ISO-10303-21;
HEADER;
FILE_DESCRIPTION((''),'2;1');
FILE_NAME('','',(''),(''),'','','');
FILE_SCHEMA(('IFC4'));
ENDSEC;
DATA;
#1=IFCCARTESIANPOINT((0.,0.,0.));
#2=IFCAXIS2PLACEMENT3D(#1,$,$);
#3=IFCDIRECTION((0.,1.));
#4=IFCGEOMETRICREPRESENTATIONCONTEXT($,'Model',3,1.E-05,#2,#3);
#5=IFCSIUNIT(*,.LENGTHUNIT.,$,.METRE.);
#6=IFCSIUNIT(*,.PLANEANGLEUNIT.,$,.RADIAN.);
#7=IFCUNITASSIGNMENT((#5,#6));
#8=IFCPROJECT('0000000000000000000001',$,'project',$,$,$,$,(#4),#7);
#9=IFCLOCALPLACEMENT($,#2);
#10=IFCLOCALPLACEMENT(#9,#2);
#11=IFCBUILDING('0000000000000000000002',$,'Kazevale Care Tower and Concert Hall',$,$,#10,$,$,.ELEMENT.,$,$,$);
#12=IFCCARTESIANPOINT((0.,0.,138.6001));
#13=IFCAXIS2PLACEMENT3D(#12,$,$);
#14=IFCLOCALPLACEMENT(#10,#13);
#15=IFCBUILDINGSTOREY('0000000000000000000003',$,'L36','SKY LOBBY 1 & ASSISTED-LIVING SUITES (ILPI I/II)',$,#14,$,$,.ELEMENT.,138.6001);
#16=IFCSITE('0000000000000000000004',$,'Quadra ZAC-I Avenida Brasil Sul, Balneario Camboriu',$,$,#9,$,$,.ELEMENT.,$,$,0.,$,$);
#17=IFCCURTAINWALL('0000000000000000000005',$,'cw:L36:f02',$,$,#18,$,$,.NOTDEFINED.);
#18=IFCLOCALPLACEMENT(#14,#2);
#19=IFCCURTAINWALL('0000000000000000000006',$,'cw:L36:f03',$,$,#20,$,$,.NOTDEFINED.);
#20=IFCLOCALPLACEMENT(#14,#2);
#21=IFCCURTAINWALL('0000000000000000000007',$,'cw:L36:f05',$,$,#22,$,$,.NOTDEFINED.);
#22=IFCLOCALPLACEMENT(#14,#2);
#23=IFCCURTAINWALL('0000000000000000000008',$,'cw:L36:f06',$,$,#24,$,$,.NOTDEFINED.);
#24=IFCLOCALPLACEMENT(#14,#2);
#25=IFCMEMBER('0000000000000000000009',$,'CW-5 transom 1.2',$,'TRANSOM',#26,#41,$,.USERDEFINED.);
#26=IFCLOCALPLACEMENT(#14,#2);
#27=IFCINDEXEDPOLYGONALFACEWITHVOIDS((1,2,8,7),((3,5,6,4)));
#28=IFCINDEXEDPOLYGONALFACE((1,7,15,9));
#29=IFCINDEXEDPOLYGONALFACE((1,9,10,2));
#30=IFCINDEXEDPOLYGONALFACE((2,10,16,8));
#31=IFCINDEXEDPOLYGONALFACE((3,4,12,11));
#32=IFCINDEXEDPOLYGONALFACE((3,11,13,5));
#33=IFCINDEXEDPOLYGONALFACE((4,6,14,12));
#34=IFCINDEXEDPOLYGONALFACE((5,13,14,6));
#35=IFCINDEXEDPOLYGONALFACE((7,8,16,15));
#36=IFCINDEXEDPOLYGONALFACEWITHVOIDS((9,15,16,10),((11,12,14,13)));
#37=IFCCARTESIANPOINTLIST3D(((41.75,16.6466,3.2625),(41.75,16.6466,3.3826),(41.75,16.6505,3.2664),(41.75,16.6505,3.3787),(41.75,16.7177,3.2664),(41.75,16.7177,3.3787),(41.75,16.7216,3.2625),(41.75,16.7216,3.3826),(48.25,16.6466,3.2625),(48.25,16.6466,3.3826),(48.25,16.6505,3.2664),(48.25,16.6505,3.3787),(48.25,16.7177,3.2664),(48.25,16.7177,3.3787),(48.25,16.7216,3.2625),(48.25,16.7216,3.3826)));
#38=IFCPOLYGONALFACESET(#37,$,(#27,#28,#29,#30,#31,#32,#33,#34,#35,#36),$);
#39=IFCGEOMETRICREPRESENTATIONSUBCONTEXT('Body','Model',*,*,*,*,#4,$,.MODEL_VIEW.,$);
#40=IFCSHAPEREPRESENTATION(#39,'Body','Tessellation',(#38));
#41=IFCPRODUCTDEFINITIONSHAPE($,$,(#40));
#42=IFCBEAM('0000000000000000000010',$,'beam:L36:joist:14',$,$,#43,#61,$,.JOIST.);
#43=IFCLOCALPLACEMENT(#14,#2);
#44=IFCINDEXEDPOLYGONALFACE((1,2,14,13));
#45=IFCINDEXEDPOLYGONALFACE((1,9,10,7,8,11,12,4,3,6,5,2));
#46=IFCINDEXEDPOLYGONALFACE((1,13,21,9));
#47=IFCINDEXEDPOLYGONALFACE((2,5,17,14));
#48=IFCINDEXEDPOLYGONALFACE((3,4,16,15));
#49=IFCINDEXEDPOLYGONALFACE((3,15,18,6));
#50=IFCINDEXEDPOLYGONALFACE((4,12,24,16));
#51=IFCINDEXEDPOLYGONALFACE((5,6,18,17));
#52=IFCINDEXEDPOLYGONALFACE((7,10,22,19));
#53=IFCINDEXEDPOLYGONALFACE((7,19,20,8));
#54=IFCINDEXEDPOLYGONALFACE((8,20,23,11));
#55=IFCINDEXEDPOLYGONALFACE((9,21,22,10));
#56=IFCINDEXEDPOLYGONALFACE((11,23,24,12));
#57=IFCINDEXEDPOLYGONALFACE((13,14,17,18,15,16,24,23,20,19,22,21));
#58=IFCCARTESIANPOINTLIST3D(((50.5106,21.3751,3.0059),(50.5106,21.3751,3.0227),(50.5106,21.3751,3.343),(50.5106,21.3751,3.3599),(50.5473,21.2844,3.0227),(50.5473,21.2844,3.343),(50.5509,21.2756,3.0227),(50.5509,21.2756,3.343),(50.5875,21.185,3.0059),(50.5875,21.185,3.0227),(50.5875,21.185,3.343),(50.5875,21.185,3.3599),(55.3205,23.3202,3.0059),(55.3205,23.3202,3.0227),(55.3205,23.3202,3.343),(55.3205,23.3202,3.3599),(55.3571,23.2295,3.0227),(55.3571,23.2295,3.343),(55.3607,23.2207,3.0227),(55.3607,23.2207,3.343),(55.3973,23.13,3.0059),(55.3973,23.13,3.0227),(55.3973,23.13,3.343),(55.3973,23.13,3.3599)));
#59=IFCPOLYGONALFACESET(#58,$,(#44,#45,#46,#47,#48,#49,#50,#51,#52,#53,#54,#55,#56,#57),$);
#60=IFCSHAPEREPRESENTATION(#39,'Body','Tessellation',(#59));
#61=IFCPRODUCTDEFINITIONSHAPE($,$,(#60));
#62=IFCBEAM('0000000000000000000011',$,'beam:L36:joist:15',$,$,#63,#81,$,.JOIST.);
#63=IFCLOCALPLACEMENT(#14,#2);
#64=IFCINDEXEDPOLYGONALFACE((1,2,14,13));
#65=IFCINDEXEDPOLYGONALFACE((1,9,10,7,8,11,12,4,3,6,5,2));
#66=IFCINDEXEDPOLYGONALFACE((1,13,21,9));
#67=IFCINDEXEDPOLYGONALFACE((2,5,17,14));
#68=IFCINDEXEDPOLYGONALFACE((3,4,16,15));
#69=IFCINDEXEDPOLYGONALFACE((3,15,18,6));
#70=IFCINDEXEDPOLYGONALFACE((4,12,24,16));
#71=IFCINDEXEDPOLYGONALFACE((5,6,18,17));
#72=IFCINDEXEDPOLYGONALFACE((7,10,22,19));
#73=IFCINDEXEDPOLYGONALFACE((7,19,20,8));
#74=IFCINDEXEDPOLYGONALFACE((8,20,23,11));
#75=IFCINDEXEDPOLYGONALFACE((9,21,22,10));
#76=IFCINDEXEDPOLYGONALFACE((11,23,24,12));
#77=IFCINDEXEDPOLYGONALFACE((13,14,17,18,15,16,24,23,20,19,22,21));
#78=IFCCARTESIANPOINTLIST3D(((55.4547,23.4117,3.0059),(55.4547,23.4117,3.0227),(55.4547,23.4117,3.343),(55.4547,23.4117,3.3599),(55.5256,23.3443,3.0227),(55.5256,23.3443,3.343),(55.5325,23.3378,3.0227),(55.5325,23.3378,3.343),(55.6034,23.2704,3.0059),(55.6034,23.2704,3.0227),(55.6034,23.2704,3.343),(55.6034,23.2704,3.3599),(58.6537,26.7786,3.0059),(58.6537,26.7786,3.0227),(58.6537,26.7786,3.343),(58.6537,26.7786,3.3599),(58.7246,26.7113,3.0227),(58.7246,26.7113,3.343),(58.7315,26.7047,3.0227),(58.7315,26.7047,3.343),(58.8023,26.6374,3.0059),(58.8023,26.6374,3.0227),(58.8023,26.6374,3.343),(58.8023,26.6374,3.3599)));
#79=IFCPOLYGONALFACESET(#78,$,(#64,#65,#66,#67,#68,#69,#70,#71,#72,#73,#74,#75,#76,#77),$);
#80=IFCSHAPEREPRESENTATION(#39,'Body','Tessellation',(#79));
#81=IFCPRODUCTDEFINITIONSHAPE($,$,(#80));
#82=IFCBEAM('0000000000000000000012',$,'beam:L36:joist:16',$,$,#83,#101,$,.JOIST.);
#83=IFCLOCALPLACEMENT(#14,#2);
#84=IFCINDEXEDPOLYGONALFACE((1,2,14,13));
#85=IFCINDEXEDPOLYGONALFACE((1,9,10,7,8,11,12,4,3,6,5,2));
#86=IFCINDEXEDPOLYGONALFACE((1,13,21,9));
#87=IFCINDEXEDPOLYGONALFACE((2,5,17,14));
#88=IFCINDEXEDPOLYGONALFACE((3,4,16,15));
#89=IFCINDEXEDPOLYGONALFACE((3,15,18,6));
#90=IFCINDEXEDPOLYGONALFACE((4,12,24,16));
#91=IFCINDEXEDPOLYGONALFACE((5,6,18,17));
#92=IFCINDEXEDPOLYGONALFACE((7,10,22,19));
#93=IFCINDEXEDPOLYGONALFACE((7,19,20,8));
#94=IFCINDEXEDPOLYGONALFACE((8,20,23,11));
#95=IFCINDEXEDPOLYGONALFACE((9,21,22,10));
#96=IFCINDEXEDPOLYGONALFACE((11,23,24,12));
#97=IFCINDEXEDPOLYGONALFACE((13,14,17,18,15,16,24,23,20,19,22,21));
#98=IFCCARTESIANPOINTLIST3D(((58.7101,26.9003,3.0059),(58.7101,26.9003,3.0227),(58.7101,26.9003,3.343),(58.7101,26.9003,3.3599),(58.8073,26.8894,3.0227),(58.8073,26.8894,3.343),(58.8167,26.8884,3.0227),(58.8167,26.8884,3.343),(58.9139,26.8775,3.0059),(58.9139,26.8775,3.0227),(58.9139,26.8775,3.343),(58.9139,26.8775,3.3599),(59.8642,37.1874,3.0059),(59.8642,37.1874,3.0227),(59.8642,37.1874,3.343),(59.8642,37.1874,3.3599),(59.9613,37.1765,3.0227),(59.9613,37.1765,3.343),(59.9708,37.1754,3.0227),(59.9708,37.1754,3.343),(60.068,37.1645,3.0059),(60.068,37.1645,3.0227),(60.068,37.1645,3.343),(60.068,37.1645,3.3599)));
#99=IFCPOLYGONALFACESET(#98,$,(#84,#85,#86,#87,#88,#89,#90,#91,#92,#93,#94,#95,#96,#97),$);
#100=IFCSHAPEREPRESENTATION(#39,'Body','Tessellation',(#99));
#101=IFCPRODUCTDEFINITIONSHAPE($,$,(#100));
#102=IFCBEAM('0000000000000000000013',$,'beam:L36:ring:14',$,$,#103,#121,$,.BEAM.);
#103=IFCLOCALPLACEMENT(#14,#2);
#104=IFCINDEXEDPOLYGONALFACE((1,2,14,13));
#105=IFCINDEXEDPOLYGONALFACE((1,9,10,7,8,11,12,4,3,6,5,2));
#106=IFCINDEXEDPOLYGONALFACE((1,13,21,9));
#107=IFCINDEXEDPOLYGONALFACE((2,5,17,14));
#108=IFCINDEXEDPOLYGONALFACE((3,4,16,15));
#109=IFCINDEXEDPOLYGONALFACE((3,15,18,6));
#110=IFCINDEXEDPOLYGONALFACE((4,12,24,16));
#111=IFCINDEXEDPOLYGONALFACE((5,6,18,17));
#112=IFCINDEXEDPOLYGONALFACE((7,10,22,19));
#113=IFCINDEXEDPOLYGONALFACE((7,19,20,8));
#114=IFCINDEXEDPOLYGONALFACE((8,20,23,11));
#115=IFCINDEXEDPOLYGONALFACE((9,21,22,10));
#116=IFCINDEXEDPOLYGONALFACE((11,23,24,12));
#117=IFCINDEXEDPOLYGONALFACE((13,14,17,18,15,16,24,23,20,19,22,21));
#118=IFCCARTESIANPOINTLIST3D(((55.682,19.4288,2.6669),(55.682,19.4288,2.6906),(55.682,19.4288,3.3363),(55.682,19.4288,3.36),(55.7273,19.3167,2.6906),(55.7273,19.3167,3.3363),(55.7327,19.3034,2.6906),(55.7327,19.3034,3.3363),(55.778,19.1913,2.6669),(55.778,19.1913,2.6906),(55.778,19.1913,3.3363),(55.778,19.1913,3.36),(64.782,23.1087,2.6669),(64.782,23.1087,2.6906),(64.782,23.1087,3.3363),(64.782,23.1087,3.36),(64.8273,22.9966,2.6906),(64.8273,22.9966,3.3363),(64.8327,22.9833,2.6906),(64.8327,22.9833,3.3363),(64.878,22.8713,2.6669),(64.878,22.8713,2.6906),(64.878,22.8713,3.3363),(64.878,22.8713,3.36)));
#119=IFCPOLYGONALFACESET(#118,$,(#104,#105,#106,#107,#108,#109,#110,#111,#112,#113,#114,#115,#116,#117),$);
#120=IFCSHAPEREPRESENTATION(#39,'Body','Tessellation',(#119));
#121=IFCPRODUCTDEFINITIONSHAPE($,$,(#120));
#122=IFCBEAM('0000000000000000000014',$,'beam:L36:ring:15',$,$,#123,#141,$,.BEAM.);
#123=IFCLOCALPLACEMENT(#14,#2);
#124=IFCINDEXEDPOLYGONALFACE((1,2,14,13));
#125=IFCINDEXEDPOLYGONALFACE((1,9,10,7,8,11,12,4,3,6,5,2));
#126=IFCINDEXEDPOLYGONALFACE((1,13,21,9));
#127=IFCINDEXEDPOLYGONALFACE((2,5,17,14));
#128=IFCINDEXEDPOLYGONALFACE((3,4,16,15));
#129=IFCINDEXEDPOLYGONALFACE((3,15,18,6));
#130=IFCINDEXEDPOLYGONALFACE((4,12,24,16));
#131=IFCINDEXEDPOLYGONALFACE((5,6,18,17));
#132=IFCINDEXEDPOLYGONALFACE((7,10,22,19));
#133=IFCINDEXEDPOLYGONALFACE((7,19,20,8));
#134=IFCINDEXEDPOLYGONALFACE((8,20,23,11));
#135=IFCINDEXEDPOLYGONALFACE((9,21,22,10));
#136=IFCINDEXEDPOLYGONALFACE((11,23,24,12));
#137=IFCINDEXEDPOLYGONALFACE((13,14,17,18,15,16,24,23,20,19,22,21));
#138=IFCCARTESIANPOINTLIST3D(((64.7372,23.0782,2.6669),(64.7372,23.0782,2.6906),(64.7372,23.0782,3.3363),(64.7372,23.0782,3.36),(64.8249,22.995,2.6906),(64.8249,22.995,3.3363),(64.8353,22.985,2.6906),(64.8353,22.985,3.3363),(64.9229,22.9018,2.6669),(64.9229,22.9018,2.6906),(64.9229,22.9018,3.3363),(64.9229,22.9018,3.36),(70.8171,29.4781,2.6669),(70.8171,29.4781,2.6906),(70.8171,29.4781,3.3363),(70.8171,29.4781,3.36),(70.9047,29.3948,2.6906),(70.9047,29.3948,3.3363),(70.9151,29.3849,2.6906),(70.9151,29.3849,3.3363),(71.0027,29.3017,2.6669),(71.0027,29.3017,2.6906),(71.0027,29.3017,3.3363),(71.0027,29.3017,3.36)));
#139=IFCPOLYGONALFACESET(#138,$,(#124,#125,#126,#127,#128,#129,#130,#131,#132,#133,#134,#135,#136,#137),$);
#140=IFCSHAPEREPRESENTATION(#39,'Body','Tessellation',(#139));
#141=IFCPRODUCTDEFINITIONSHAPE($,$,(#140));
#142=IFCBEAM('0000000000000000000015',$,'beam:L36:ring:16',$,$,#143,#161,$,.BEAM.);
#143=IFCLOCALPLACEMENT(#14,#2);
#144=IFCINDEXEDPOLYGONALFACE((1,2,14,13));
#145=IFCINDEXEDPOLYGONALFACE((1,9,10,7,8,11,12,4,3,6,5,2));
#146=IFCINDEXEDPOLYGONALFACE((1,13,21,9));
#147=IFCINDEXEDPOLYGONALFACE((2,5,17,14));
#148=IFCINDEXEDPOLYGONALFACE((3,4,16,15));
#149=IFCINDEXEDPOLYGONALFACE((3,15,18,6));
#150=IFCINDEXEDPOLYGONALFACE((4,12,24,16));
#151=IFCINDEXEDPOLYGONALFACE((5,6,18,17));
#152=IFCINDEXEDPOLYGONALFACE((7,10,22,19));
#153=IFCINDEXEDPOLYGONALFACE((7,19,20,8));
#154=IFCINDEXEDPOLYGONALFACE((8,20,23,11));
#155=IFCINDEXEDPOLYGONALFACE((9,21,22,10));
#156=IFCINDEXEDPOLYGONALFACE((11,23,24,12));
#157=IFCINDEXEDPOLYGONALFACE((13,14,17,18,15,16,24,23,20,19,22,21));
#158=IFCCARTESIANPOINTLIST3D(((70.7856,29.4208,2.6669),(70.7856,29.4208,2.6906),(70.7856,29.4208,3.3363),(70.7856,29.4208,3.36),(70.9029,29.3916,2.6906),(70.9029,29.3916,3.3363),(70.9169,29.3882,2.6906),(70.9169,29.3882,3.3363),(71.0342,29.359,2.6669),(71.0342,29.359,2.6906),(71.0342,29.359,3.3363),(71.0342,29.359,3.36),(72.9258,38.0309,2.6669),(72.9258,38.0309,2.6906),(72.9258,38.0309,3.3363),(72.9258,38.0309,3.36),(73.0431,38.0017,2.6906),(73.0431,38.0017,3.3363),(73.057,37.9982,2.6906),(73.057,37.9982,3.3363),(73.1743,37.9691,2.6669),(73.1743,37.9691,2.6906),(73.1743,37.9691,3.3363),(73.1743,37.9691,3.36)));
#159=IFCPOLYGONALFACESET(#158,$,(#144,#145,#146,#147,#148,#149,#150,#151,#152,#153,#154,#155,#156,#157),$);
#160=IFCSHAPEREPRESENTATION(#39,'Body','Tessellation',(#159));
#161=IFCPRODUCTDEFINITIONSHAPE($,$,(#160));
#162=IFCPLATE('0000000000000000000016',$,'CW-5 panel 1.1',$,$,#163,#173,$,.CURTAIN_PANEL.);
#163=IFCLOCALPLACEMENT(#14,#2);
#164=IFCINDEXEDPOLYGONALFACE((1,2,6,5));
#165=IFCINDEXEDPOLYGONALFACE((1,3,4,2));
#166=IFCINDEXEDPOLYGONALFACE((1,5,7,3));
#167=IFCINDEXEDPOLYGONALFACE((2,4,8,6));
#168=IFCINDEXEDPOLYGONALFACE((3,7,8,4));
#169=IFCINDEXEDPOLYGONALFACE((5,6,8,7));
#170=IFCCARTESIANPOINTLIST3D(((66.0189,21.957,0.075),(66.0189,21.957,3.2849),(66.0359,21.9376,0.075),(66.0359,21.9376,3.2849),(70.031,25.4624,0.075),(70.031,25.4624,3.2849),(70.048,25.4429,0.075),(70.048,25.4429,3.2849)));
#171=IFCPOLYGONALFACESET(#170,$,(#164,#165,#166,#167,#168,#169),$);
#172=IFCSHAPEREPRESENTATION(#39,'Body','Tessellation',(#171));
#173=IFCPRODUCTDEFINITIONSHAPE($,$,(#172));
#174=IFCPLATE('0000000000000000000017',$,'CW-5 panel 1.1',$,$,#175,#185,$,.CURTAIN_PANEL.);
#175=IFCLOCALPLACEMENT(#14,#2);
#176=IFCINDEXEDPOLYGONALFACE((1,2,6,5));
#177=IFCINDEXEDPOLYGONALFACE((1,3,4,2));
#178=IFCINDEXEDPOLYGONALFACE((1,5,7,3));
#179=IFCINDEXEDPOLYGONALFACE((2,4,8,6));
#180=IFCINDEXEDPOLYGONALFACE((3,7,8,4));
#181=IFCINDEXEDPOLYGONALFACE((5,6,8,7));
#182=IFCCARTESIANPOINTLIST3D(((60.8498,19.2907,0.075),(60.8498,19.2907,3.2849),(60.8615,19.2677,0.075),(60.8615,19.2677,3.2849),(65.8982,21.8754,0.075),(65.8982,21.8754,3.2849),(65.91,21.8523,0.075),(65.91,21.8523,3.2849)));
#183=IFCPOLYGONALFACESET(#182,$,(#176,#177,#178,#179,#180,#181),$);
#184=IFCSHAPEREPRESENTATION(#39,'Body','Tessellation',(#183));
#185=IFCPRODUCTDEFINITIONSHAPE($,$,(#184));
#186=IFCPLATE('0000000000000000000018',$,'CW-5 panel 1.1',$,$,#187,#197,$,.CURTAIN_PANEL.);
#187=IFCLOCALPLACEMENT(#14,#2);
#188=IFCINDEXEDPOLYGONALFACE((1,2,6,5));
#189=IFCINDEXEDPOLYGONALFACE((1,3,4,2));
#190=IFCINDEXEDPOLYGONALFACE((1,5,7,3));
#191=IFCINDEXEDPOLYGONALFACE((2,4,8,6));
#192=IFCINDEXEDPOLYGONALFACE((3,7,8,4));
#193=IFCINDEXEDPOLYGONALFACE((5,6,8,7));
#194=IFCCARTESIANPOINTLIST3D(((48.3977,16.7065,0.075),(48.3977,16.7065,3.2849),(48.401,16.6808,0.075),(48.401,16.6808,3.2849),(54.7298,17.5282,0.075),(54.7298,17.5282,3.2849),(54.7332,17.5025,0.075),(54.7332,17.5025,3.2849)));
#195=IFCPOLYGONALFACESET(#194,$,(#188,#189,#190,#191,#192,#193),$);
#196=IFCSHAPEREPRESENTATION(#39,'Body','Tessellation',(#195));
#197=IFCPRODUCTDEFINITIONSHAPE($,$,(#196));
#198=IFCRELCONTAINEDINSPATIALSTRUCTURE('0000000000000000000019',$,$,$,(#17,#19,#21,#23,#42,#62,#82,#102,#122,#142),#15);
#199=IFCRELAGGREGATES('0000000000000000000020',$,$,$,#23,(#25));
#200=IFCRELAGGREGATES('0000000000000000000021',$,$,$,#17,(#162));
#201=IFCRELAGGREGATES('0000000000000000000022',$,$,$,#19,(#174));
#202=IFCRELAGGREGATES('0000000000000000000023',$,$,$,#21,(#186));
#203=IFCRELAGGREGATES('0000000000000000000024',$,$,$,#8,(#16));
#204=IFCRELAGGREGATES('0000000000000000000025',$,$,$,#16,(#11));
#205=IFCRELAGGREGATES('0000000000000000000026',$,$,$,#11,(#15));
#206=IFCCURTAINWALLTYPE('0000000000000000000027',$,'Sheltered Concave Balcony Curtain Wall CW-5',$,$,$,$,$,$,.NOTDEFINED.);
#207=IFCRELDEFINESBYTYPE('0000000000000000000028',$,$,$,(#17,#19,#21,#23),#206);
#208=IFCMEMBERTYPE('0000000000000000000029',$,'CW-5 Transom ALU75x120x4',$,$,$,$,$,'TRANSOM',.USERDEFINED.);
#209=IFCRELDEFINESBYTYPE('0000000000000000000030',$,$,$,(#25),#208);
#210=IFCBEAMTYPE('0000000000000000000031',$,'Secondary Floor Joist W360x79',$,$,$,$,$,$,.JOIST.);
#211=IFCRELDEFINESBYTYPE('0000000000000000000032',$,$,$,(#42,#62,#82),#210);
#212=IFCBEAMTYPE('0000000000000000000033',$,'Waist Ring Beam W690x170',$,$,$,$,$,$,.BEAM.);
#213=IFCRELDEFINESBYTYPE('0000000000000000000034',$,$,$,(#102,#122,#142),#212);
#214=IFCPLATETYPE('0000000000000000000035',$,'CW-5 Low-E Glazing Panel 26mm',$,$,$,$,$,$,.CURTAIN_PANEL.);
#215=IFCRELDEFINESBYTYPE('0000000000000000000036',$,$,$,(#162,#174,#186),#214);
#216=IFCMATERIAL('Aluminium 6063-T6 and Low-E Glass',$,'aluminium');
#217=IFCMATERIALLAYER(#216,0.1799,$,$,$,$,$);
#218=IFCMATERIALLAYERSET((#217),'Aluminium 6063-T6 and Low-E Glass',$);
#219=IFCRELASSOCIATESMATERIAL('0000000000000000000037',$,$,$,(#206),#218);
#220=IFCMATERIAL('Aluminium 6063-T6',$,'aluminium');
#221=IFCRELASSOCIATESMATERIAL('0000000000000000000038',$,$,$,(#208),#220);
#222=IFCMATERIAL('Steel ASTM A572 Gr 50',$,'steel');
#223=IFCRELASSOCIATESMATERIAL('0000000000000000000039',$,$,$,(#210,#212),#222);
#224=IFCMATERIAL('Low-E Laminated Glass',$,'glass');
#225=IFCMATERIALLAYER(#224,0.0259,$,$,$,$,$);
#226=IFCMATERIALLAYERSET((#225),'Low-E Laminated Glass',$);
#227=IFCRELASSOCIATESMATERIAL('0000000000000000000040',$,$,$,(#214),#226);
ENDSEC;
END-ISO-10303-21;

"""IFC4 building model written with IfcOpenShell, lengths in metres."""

from ifc_helpers import new_model, si_unit, direction, frame, origin, origin_2d, place, context, subcontext, project, spatial, rectangle, hollow_rectangle, i_section, extrude, material, layer, layer_set, material_profile, profile_set, type_object, element, aggregate, save


model = new_model("IFC4")

# Units and contexts
model_context = context("Model", 3, precision=1e-05, world=origin(), true_north=direction((0.0, 1.0)))
body_context = subcontext(model_context, "Body", "Model", "MODEL_VIEW")
ifc_project = project(units=[si_unit("LENGTHUNIT", "METRE"), si_unit("PLANEANGLEUNIT", "RADIAN")], contexts=[model_context])

# Site, building, storey
site_placement = place(None, origin())
site = spatial("IfcSite", under=ifc_project, at=site_placement, Name="Quadra ZAC-I Avenida Brasil Sul, Balneario Camboriu", CompositionType="ELEMENT", RefElevation=0.0)
building_placement = place(site_placement, origin())
building = spatial("IfcBuilding", under=site, at=building_placement, Name="Kazevale Care Tower and Concert Hall", CompositionType="ELEMENT")
storey_placement = place(building_placement, frame((0.0, 0.0, 138.6001)))
storey = spatial("IfcBuildingStorey", under=building, at=storey_placement, Name="L36", Description="SKY LOBBY 1 & ASSISTED-LIVING SUITES (ILPI I/II)", CompositionType="ELEMENT", Elevation=138.6001)

# Curtain walls
ifc_material_1 = material(Name="Aluminium 6063-T6 and Low-E Glass", Category="aluminium")
ifc_layer_1 = layer(ifc_material_1, 0.1799)
ifc_layer_set_1 = layer_set([ifc_layer_1], Name="Aluminium 6063-T6 and Low-E Glass")
curtain_wall_type = type_object("IfcCurtainWallType", Name="Sheltered Concave Balcony Curtain Wall CW-5", PredefinedType="NOTDEFINED", material=ifc_layer_set_1)
curtain_wall_1_placement = place(storey_placement, origin())
curtain_wall_1 = element("IfcCurtainWall", 1, at=curtain_wall_1_placement, inside=storey, type_object=curtain_wall_type, Name="cw:L36:f02", PredefinedType="NOTDEFINED")
ifc_material_2 = material(Name="Aluminium 6063-T6", Category="aluminium")
curtain_wall_2_placement = place(storey_placement, origin())
curtain_wall_2 = element("IfcCurtainWall", 2, at=curtain_wall_2_placement, inside=storey, type_object=curtain_wall_type, Name="cw:L36:f03", PredefinedType="NOTDEFINED")
curtain_wall_3_placement = place(storey_placement, origin())
curtain_wall_3 = element("IfcCurtainWall", 3, at=curtain_wall_3_placement, inside=storey, type_object=curtain_wall_type, Name="cw:L36:f05", PredefinedType="NOTDEFINED")

# Curtain wall
curtain_wall_4_placement = place(storey_placement, origin())
curtain_wall_4 = element("IfcCurtainWall", 4, at=curtain_wall_4_placement, inside=storey, type_object=curtain_wall_type, Name="cw:L36:f06", PredefinedType="NOTDEFINED")

# Member
ifc_material_profile_1 = material_profile(ifc_material_2, hollow_rectangle(XDim=0.075, YDim=0.1201, WallThickness=0.0039, at=origin_2d()), Name="ALU75x120x4")
ifc_profile_set_1 = profile_set([ifc_material_profile_1], Name="Aluminium 6063-T6")
member_type_1 = type_object("IfcMemberType", Name="CW-5 Transom ALU75x120x4", ElementType="TRANSOM", PredefinedType="USERDEFINED", material=ifc_profile_set_1)
member_1_placement = place(storey_placement, frame((48.25, 16.6841, 3.3225), z_axis=(-1.0, 0.0, 0.0), x_axis=(0.0, -1.0, 0.0)))
member_1 = element("IfcMember", 5, at=member_1_placement, type_object=member_type_1, Name="CW-5 transom 1.2", ObjectType="TRANSOM", PredefinedType="USERDEFINED", context=body_context, shape_type="SweptSolid", body=[
    extrude(hollow_rectangle(XDim=0.075, YDim=0.1201, WallThickness=0.0039, at=origin_2d()), origin(), (0.0, 0.0, 1.0), 6.5),
])
aggregate(curtain_wall_4, [member_1])

# Beams
ifc_material_3 = material(Name="Steel ASTM A572 Gr 50", Category="steel")
ifc_material_profile_2 = material_profile(ifc_material_3, i_section(OverallWidth=0.2051, OverallDepth=0.354, WebThickness=0.0095, FlangeThickness=0.0168, at=origin_2d()), Name="W360x79")
ifc_profile_set_2 = profile_set([ifc_material_profile_2], Name="Steel ASTM A572 Gr 50")
beam_type_1 = type_object("IfcBeamType", Name="Secondary Floor Joist W360x79", PredefinedType="JOIST", material=ifc_profile_set_2)
beam_1_placement = place(storey_placement, frame((50.5491, 21.28, 3.1829), z_axis=(0.927065, 0.374901, 0.0), x_axis=(-0.374901, 0.927065, 0.0)))
element("IfcBeam", 6, at=beam_1_placement, inside=storey, type_object=beam_type_1, Name="beam:L36:joist:14", PredefinedType="JOIST", context=body_context, shape_type="SweptSolid", body=[
    extrude(i_section(OverallWidth=0.2051, OverallDepth=0.354, WebThickness=0.0095, FlangeThickness=0.0168, at=origin_2d()), origin(), (0.0, 0.0, 1.0), 5.1882),
])
beam_2_placement = place(storey_placement, frame((55.5291, 23.3411, 3.1829), z_axis=(0.688792, 0.724959, 0.0), x_axis=(-0.724959, 0.688792, 0.0)))
element("IfcBeam", 7, at=beam_2_placement, inside=storey, type_object=beam_type_1, Name="beam:L36:joist:15", PredefinedType="JOIST", context=body_context, shape_type="SweptSolid", body=[
    extrude(i_section(OverallWidth=0.2051, OverallDepth=0.354, WebThickness=0.0095, FlangeThickness=0.0168, at=origin_2d()), origin(), (0.0, 0.0, 1.0), 4.6443),
])
beam_3_placement = place(storey_placement, frame((58.812, 26.8889, 3.1829), z_axis=(0.111485, 0.993766, 0.0), x_axis=(-0.993766, 0.111485, 0.0)))
element("IfcBeam", 8, at=beam_3_placement, inside=storey, type_object=beam_type_1, Name="beam:L36:joist:16", PredefinedType="JOIST", context=body_context, shape_type="SweptSolid", body=[
    extrude(i_section(OverallWidth=0.2051, OverallDepth=0.354, WebThickness=0.0095, FlangeThickness=0.0168, at=origin_2d()), origin(), (0.0, 0.0, 1.0), 10.3516),
])
ifc_material_profile_3 = material_profile(ifc_material_3, i_section(OverallWidth=0.2561, OverallDepth=0.6931, WebThickness=0.0144, FlangeThickness=0.0237, at=origin_2d()), Name="W690x170")
ifc_profile_set_3 = profile_set([ifc_material_profile_3], Name="Steel ASTM A572 Gr 50")
beam_type_2 = type_object("IfcBeamType", Name="Waist Ring Beam W690x170", PredefinedType="BEAM", material=ifc_profile_set_3)
beam_4_placement = place(storey_placement, frame((55.73, 19.3101, 3.0134), z_axis=(0.927069, 0.374892, 0.0), x_axis=(-0.374892, 0.927069, 0.0)))
element("IfcBeam", 9, at=beam_4_placement, inside=storey, type_object=beam_type_2, Name="beam:L36:ring:14", PredefinedType="BEAM", context=body_context, shape_type="SweptSolid", body=[
    extrude(i_section(OverallWidth=0.2561, OverallDepth=0.6931, WebThickness=0.0144, FlangeThickness=0.0237, at=origin_2d()), origin(), (0.0, 0.0, 1.0), 9.8159),
])
beam_5_placement = place(storey_placement, frame((64.8301, 22.99, 3.0134), z_axis=(0.688745, 0.725004, 0.0), x_axis=(-0.725004, 0.688745, 0.0)))
element("IfcBeam", 10, at=beam_5_placement, inside=storey, type_object=beam_type_2, Name="beam:L36:ring:15", PredefinedType="BEAM", context=body_context, shape_type="SweptSolid", body=[
    extrude(i_section(OverallWidth=0.2561, OverallDepth=0.6931, WebThickness=0.0144, FlangeThickness=0.0237, at=origin_2d()), origin(), (0.0, 0.0, 1.0), 8.8274),
])
beam_6_placement = place(storey_placement, frame((70.9099, 29.3899, 3.0134), z_axis=(0.241221, 0.97047, 0.0), x_axis=(-0.97047, 0.241221, 0.0)))
element("IfcBeam", 11, at=beam_6_placement, inside=storey, type_object=beam_type_2, Name="beam:L36:ring:16", PredefinedType="BEAM", context=body_context, shape_type="SweptSolid", body=[
    extrude(i_section(OverallWidth=0.2561, OverallDepth=0.6931, WebThickness=0.0144, FlangeThickness=0.0237, at=origin_2d()), origin(), (0.0, 0.0, 1.0), 8.8721),
])

# Plates
ifc_material_4 = material(Name="Low-E Laminated Glass", Category="glass")
ifc_layer_2 = layer(ifc_material_4, 0.0259)
ifc_layer_set_2 = layer_set([ifc_layer_2], Name="Low-E Laminated Glass")
plate_type = type_object("IfcPlateType", Name="CW-5 Low-E Glazing Panel 26mm", PredefinedType="CURTAIN_PANEL", material=ifc_layer_set_2)
plate_1_placement = place(storey_placement, frame((68.0334, 23.7, 0.075), z_axis=(0.0, 0.0, 1.0), x_axis=(-0.753063, -0.657949, 0.0)))
plate_1 = element("IfcPlate", 12, at=plate_1_placement, type_object=plate_type, Name="CW-5 panel 1.1", PredefinedType="CURTAIN_PANEL", context=body_context, shape_type="SweptSolid", body=[
    extrude(rectangle(XDim=5.3276, YDim=0.0259, at=origin_2d()), origin(), (0.0, 0.0, 1.0), 3.21),
])
aggregate(curtain_wall_1, [plate_1])
plate_2_placement = place(storey_placement, frame((63.3799, 20.5715, 0.075), z_axis=(0.0, 0.0, 1.0), x_axis=(-0.890127, -0.455713, 0.0)))
plate_2 = element("IfcPlate", 13, at=plate_2_placement, type_object=plate_type, Name="CW-5 panel 1.1", PredefinedType="CURTAIN_PANEL", context=body_context, shape_type="SweptSolid", body=[
    extrude(rectangle(XDim=5.6716, YDim=0.0259, at=origin_2d()), origin(), (0.0, 0.0, 1.0), 3.21),
])
aggregate(curtain_wall_2, [plate_2])
plate_3_placement = place(storey_placement, frame((51.5654, 17.1045, 0.075), z_axis=(0.0, 0.0, 1.0), x_axis=(-0.991686, -0.128685, 0.0)))
plate_3 = element("IfcPlate", 14, at=plate_3_placement, type_object=plate_type, Name="CW-5 panel 1.1", PredefinedType="CURTAIN_PANEL", context=body_context, shape_type="SweptSolid", body=[
    extrude(rectangle(XDim=6.3853, YDim=0.0259, at=origin_2d()), origin(), (0.0, 0.0, 1.0), 3.21),
])
aggregate(curtain_wall_3, [plate_3])

save(model, "model.ifc")
